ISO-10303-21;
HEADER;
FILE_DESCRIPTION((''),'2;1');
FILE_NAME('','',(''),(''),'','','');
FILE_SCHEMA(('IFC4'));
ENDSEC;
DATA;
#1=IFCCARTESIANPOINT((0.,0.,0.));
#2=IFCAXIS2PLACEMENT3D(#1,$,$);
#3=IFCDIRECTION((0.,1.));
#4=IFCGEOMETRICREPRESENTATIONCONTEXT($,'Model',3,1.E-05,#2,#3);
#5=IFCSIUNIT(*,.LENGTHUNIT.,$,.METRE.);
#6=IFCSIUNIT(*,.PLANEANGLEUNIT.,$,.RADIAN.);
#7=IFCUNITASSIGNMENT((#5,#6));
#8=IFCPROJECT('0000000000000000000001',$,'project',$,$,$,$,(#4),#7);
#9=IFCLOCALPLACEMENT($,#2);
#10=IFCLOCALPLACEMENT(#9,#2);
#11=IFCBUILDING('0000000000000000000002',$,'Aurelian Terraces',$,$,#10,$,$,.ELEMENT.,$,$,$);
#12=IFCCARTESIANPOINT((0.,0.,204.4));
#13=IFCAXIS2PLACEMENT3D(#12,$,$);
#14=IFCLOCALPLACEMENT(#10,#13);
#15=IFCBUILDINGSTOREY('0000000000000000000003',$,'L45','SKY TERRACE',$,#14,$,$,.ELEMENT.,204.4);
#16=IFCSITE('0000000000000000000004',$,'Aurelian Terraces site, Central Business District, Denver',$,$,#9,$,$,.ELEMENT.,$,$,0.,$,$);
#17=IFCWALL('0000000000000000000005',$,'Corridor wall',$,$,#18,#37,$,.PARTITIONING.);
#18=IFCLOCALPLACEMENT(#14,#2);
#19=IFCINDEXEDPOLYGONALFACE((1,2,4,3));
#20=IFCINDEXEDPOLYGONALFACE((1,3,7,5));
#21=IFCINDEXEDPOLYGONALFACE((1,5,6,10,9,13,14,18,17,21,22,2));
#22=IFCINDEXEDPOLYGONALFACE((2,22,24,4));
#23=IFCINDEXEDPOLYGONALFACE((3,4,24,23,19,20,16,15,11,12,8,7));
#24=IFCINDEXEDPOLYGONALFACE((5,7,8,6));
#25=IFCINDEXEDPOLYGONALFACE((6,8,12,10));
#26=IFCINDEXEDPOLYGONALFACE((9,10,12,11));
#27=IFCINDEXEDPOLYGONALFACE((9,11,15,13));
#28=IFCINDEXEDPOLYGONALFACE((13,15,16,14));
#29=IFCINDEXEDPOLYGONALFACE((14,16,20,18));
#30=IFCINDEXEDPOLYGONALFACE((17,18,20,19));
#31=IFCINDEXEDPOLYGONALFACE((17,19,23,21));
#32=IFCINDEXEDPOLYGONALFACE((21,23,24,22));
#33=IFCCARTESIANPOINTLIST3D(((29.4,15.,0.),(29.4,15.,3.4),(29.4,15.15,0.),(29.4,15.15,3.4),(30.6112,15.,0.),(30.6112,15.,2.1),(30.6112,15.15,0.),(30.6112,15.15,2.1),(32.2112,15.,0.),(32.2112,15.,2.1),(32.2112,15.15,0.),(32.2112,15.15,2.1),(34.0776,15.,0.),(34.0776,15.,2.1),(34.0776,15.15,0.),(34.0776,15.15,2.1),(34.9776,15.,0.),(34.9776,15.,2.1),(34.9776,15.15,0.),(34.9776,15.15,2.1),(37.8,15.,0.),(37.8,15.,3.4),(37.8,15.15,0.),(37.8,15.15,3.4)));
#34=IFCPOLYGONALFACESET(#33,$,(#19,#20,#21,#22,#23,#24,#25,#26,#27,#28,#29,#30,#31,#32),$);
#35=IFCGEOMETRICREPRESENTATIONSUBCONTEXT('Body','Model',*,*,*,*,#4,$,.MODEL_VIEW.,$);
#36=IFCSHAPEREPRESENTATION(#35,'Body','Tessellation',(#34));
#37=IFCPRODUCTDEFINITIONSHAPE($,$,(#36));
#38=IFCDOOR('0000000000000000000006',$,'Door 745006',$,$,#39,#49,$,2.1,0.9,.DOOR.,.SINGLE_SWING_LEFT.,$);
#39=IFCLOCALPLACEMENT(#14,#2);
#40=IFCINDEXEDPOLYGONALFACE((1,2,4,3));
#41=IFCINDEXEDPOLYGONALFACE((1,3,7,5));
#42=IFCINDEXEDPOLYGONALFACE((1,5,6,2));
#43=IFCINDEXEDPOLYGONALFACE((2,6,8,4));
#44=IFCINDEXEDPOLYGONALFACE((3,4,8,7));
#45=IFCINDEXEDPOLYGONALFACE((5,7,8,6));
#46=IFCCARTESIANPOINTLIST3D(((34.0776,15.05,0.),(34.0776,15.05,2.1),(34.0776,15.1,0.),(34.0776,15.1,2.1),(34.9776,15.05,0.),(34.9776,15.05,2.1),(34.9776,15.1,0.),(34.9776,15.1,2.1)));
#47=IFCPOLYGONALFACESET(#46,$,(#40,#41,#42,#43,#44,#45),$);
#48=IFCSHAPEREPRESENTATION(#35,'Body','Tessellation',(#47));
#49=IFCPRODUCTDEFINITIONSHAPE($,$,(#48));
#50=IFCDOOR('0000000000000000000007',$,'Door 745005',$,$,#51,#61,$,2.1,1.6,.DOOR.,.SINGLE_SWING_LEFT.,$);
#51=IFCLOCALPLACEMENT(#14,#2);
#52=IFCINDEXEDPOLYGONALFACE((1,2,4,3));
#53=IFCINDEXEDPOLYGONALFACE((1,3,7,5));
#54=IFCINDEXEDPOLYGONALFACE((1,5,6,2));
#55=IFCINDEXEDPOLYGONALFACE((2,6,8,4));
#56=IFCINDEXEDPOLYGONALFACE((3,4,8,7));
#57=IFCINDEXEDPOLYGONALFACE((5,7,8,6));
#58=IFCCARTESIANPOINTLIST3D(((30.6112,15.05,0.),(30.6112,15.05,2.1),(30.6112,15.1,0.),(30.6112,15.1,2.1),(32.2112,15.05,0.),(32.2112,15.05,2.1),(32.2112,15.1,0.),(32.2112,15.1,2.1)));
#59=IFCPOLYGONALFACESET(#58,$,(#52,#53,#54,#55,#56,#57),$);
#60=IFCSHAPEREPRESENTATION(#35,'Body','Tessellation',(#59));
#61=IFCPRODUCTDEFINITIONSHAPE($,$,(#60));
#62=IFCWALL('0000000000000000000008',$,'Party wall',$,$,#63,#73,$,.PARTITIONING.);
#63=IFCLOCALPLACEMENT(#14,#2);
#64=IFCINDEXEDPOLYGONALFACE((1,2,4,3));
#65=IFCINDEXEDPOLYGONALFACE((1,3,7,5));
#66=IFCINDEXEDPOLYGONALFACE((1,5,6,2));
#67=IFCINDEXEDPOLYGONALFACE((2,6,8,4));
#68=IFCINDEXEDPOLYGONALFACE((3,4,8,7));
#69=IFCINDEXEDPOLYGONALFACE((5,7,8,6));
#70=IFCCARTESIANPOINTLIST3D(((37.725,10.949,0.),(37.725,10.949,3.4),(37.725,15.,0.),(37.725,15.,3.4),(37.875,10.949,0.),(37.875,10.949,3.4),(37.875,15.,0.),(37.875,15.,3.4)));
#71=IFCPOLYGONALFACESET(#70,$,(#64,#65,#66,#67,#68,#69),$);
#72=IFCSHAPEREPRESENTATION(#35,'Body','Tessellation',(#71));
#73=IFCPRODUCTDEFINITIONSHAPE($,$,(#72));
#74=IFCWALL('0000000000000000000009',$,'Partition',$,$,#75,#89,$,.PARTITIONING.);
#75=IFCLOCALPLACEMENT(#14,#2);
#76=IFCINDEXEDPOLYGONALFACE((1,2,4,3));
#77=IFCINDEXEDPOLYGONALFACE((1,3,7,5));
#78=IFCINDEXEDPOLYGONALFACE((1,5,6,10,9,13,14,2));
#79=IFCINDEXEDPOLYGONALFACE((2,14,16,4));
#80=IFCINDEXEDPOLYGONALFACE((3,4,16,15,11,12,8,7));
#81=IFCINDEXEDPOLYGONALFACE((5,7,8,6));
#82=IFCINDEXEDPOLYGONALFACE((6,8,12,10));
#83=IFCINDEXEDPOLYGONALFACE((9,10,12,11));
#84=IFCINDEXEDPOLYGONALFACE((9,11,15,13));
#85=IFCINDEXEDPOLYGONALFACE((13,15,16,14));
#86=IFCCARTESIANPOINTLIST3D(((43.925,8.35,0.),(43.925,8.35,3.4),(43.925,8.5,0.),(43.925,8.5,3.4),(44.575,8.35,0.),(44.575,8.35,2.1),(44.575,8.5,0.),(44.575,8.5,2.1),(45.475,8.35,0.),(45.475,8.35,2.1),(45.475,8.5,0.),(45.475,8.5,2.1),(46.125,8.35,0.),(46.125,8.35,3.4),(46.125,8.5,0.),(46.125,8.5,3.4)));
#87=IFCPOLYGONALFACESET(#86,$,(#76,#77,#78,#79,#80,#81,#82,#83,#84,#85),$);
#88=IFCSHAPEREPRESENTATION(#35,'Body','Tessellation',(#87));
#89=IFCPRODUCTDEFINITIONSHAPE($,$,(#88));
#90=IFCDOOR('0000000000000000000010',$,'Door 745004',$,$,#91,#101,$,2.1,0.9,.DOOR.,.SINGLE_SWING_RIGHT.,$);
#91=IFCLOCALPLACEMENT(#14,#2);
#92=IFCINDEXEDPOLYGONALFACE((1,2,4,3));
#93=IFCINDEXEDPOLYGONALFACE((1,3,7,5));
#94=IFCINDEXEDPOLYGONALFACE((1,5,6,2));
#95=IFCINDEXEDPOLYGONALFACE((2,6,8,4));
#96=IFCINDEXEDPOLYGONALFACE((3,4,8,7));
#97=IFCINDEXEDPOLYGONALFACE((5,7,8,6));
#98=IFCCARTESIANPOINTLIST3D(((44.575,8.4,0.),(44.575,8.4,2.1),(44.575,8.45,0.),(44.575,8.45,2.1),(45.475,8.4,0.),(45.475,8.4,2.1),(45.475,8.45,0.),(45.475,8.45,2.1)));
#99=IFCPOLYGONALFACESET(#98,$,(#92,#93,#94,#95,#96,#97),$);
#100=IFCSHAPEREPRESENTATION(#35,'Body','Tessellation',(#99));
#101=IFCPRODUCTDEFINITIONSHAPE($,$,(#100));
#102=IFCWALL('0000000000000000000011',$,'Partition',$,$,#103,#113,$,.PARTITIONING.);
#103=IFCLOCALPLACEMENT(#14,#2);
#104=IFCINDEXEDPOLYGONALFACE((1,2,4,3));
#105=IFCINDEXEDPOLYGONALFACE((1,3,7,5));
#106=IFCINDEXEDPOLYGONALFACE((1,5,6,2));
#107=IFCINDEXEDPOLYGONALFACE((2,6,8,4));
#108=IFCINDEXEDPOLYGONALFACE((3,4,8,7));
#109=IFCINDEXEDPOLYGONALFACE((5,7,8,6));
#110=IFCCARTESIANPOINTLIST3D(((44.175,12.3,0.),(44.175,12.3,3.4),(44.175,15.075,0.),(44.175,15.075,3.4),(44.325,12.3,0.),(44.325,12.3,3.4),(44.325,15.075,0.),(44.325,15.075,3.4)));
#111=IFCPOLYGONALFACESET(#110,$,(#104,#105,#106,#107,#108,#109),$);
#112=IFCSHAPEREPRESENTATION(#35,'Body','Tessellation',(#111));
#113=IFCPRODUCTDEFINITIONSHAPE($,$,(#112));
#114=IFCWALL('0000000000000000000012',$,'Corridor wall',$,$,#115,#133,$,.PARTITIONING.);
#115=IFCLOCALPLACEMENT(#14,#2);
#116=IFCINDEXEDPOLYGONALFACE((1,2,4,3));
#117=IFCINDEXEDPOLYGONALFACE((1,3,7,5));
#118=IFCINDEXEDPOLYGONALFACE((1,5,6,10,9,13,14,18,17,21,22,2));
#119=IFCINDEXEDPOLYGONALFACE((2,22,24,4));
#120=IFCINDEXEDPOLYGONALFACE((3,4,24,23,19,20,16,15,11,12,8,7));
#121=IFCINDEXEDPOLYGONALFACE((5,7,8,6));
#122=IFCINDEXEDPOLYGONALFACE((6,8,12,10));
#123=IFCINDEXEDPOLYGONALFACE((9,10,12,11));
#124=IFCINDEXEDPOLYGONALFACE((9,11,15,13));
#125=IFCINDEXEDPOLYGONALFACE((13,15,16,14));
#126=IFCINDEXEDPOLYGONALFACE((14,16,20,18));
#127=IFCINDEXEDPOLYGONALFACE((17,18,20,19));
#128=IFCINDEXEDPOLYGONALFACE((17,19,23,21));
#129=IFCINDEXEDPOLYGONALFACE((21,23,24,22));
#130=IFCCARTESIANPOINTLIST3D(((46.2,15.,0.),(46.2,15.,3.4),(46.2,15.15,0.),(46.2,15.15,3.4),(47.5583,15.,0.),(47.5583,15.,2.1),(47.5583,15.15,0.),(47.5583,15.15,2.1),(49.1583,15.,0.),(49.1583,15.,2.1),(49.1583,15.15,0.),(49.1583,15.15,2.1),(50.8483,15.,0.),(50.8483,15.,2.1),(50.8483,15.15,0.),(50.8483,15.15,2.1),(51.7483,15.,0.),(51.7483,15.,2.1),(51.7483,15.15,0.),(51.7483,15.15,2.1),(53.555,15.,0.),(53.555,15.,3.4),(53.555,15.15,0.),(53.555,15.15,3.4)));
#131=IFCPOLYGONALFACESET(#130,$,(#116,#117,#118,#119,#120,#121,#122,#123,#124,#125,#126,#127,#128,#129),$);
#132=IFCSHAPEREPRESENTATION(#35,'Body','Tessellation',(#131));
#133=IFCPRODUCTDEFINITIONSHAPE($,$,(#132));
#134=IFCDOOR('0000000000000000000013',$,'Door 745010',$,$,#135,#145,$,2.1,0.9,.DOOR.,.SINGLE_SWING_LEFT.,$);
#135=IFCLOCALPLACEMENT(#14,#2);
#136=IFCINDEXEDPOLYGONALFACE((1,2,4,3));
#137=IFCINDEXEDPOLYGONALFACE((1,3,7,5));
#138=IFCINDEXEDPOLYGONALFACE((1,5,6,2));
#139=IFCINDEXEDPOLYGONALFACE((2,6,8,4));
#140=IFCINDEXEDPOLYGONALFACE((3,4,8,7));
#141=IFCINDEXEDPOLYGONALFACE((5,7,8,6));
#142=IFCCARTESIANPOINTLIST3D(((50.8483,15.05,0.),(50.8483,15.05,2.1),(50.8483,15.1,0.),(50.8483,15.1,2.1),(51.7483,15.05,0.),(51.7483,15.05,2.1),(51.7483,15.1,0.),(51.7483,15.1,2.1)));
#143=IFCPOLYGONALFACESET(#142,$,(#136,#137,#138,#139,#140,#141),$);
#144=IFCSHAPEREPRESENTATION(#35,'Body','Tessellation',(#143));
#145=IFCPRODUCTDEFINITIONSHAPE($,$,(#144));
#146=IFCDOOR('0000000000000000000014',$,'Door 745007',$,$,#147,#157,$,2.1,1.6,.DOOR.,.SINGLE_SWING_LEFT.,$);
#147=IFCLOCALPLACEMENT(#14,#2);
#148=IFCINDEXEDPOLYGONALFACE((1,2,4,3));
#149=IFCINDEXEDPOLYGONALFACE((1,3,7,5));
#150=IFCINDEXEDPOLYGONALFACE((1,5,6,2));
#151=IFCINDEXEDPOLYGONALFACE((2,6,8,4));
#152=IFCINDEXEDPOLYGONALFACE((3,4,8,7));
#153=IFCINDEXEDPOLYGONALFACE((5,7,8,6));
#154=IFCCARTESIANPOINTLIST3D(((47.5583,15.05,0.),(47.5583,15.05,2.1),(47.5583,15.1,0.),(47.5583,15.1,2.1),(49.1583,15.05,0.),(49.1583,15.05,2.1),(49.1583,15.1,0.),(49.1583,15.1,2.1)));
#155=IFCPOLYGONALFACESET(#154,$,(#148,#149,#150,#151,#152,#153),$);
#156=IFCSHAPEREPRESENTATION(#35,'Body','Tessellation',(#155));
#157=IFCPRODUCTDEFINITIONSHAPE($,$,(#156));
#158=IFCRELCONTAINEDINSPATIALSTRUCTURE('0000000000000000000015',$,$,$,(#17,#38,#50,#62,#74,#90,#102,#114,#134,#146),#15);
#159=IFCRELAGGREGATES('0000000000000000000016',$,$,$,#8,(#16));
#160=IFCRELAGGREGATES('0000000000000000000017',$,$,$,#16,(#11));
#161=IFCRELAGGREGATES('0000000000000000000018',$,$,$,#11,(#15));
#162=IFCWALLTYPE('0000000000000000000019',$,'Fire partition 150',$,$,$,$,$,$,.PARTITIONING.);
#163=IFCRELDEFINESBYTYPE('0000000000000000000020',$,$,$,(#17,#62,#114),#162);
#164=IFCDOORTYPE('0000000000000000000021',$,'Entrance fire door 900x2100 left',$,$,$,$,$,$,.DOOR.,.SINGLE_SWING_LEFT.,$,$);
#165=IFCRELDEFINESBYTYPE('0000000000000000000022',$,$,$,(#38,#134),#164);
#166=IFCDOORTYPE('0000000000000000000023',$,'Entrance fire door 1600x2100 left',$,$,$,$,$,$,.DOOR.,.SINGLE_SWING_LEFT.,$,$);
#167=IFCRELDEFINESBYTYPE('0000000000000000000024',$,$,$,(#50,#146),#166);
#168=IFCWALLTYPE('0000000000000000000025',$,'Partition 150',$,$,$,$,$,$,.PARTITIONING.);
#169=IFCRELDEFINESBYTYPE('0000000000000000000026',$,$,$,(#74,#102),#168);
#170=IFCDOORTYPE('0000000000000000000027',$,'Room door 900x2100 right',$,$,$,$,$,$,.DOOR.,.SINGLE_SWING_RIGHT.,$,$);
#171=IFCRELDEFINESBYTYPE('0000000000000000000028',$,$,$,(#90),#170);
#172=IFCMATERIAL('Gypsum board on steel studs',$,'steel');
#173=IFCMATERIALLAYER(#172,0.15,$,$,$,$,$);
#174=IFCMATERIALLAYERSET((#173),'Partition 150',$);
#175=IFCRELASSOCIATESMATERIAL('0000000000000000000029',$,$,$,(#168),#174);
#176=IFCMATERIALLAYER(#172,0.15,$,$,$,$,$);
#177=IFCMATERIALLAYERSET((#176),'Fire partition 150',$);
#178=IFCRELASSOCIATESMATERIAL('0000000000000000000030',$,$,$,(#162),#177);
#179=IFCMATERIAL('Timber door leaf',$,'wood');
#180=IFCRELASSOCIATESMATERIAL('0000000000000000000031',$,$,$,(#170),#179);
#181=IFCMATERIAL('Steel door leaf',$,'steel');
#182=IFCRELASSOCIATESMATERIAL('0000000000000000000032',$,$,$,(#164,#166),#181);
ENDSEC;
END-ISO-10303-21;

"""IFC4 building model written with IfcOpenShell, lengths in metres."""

from ifc_helpers import new_model, si_unit, direction, frame, frame_2d, origin, place, context, subcontext, project, spatial, rectangle, extrude, source, transform, mapped, material, layer, layer_set, type_object, element, fill, save


model = new_model("IFC4")

# Units and contexts
model_context = context("Model", 3, precision=1e-05, world=origin(), true_north=direction((0.0, 1.0)))
body_context = subcontext(model_context, "Body", "Model", "MODEL_VIEW")
ifc_project = project(units=[si_unit("LENGTHUNIT", "METRE"), si_unit("PLANEANGLEUNIT", "RADIAN")], contexts=[model_context])

# Site, building, storey
site_placement = place(None, origin())
site = spatial("IfcSite", under=ifc_project, at=site_placement, Name="Aurelian Terraces site, Central Business District, Denver", CompositionType="ELEMENT", RefElevation=0.0)
building_placement = place(site_placement, origin())
building = spatial("IfcBuilding", under=site, at=building_placement, Name="Aurelian Terraces", CompositionType="ELEMENT")
storey_placement = place(building_placement, frame((0.0, 0.0, 204.4)))
storey = spatial("IfcBuildingStorey", under=building, at=storey_placement, Name="L45", Description="SKY TERRACE", CompositionType="ELEMENT", Elevation=204.4)

# Shared definitions
ifc_material_1 = material(Name="Gypsum board on steel studs", Category="steel")
ifc_layer_1 = layer(ifc_material_1, 0.15)
ifc_layer_set_1 = layer_set([ifc_layer_1], Name="Partition 150")
wall_type_1 = type_object("IfcWallType", Name="Partition 150", PredefinedType="PARTITIONING", material=ifc_layer_set_1)
shared_shape_1 = source(origin(), body_context, "Body", "SweptSolid", [
    extrude(rectangle(XDim=1.6, YDim=2.1, at=frame_2d((0.8, 1.05))), frame((0.0, 0.085, 0.0), z_axis=(0.0, -1.0, 0.0), x_axis=(1.0, 0.0, 0.0)), (0.0, 0.0, 1.0), 0.17),
])
shared_shape_2 = source(origin(), body_context, "Body", "SweptSolid", [
    extrude(rectangle(XDim=0.9, YDim=2.1, at=frame_2d((0.45, 1.05))), frame((0.0, 0.085, 0.0), z_axis=(0.0, -1.0, 0.0), x_axis=(1.0, 0.0, 0.0)), (0.0, 0.0, 1.0), 0.17),
])
ifc_material_2 = material(Name="Timber door leaf", Category="wood")
shared_shape_3 = source(origin(), body_context, "Body", "SweptSolid", [
    extrude(rectangle(XDim=0.9, YDim=2.1, at=frame_2d((0.45, 1.05))), frame((0.0, 0.025, 0.0), z_axis=(0.0, -1.0, 0.0), x_axis=(1.0, 0.0, 0.0)), (0.0, 0.0, 1.0), 0.05),
])
shared_shape_4 = source(origin(), body_context, "Body", "SweptSolid", [
    extrude(rectangle(XDim=1.6, YDim=2.1, at=frame_2d((0.8, 1.05))), frame((0.0, 0.025, 0.0), z_axis=(0.0, -1.0, 0.0), x_axis=(1.0, 0.0, 0.0)), (0.0, 0.0, 1.0), 0.05),
])

# Shared definitions
ifc_layer_2 = layer(ifc_material_1, 0.15)
ifc_layer_set_2 = layer_set([ifc_layer_2], Name="Fire partition 150")
wall_type_2 = type_object("IfcWallType", Name="Fire partition 150", PredefinedType="PARTITIONING", material=ifc_layer_set_2)
door_type_1 = type_object("IfcDoorType", Name="Room door 900x2100 right", OperationType="SINGLE_SWING_RIGHT", PredefinedType="DOOR", material=ifc_material_2)

# Wall, openings, doors
shared_shape_5 = source(origin(), body_context, "Body", "SweptSolid", [
    extrude(rectangle(XDim=8.4, YDim=0.15, at=frame_2d((4.2, 0.0))), origin(), (0.0, 0.0, 1.0), 3.4),
])
wall_1_placement = place(storey_placement, frame((37.8, 15.075, 0.0), z_axis=(0.0, 0.0, 1.0), x_axis=(-1.0, 0.0, 0.0)))
wall_1 = element("IfcWall", 1, at=wall_1_placement, inside=storey, type_object=wall_type_2, Name="Corridor wall", PredefinedType="PARTITIONING", context=body_context, shape_type="MappedRepresentation", body=[
    mapped(shared_shape_5, transform((0.0, 0.0, 0.0), scale=1.0)),
])
opening_1_placement = place(wall_1_placement, frame((5.5888, 0.0, 0.0)))
opening_1 = element("IfcOpeningElement", 2, at=opening_1_placement, cuts=wall_1, PredefinedType="OPENING", context=body_context, shape_type="MappedRepresentation", body=[
    mapped(shared_shape_1, transform((0.0, 0.0, 0.0), scale=1.0)),
])
opening_2_placement = place(wall_1_placement, frame((2.8224, 0.0, 0.0)))
opening_2 = element("IfcOpeningElement", 3, at=opening_2_placement, cuts=wall_1, PredefinedType="OPENING", context=body_context, shape_type="MappedRepresentation", body=[
    mapped(shared_shape_2, transform((0.0, 0.0, 0.0), scale=1.0)),
])
ifc_material_3 = material(Name="Steel door leaf", Category="steel")
door_type_2 = type_object("IfcDoorType", Name="Entrance fire door 900x2100 left", OperationType="SINGLE_SWING_LEFT", PredefinedType="DOOR", material=ifc_material_3)
door_1_placement = place(opening_2_placement, origin())
door_1 = element("IfcDoor", 4, at=door_1_placement, inside=storey, type_object=door_type_2, Name="Door 745006", OperationType="SINGLE_SWING_LEFT", OverallHeight=2.1, OverallWidth=0.9, PredefinedType="DOOR", context=body_context, shape_type="MappedRepresentation", body=[
    mapped(shared_shape_3, transform((0.0, 0.0, 0.0), scale=1.0)),
])
fill(opening_2, door_1)
door_type_3 = type_object("IfcDoorType", Name="Entrance fire door 1600x2100 left", OperationType="SINGLE_SWING_LEFT", PredefinedType="DOOR", material=ifc_material_3)
door_2_placement = place(opening_1_placement, origin())
door_2 = element("IfcDoor", 5, at=door_2_placement, inside=storey, type_object=door_type_3, Name="Door 745005", OperationType="SINGLE_SWING_LEFT", OverallHeight=2.1, OverallWidth=1.6, PredefinedType="DOOR", context=body_context, shape_type="MappedRepresentation", body=[
    mapped(shared_shape_4, transform((0.0, 0.0, 0.0), scale=1.0)),
])
fill(opening_1, door_2)

# Wall
shared_shape_6 = source(origin(), body_context, "Body", "SweptSolid", [
    extrude(rectangle(XDim=4.051, YDim=0.15, at=frame_2d((2.0255, 0.0))), origin(), (0.0, 0.0, 1.0), 3.4),
])
wall_2_placement = place(storey_placement, frame((37.8, 10.949, 0.0), z_axis=(0.0, 0.0, 1.0), x_axis=(0.0, 1.0, 0.0)))
element("IfcWall", 6, at=wall_2_placement, inside=storey, type_object=wall_type_2, Name="Party wall", PredefinedType="PARTITIONING", context=body_context, shape_type="MappedRepresentation", body=[
    mapped(shared_shape_6, transform((0.0, 0.0, 0.0), scale=1.0)),
])

# Wall, opening, door
shared_shape_7 = source(origin(), body_context, "Body", "SweptSolid", [
    extrude(rectangle(XDim=2.2, YDim=0.15, at=frame_2d((1.1, 0.0))), origin(), (0.0, 0.0, 1.0), 3.4),
])
wall_3_placement = place(storey_placement, frame((46.125, 8.425, 0.0), z_axis=(0.0, 0.0, 1.0), x_axis=(-1.0, 0.0, 0.0)))
wall_3 = element("IfcWall", 7, at=wall_3_placement, inside=storey, type_object=wall_type_1, Name="Partition", PredefinedType="PARTITIONING", context=body_context, shape_type="MappedRepresentation", body=[
    mapped(shared_shape_7, transform((0.0, 0.0, 0.0), scale=1.0)),
])
opening_3_placement = place(wall_3_placement, frame((0.65, 0.0, 0.0)))
opening_3 = element("IfcOpeningElement", 8, at=opening_3_placement, cuts=wall_3, PredefinedType="OPENING", context=body_context, shape_type="MappedRepresentation", body=[
    mapped(shared_shape_2, transform((0.0, 0.0, 0.0), scale=1.0)),
])
door_3_placement = place(opening_3_placement, origin())
door_3 = element("IfcDoor", 9, at=door_3_placement, inside=storey, type_object=door_type_1, Name="Door 745004", OperationType="SINGLE_SWING_RIGHT", OverallHeight=2.1, OverallWidth=0.9, PredefinedType="DOOR", context=body_context, shape_type="MappedRepresentation", body=[
    mapped(shared_shape_3, transform((0.0, 0.0, 0.0), scale=1.0)),
])
fill(opening_3, door_3)

# Wall
shared_shape_8 = source(origin(), body_context, "Body", "SweptSolid", [
    extrude(rectangle(XDim=2.775, YDim=0.15, at=frame_2d((1.3875, 0.0))), origin(), (0.0, 0.0, 1.0), 3.4),
])
wall_4_placement = place(storey_placement, frame((44.25, 12.3, 0.0), z_axis=(0.0, 0.0, 1.0), x_axis=(0.0, 1.0, 0.0)))
element("IfcWall", 10, at=wall_4_placement, inside=storey, type_object=wall_type_1, Name="Partition", PredefinedType="PARTITIONING", context=body_context, shape_type="MappedRepresentation", body=[
    mapped(shared_shape_8, transform((0.0, 0.0, 0.0), scale=1.0)),
])

# Wall, openings, doors
shared_shape_9 = source(origin(), body_context, "Body", "SweptSolid", [
    extrude(rectangle(XDim=7.355, YDim=0.15, at=frame_2d((3.6775, 0.0))), origin(), (0.0, 0.0, 1.0), 3.4),
])
wall_5_placement = place(storey_placement, frame((53.555, 15.075, 0.0), z_axis=(0.0, 0.0, 1.0), x_axis=(-1.0, 0.0, 0.0)))
wall_5 = element("IfcWall", 11, at=wall_5_placement, inside=storey, type_object=wall_type_2, Name="Corridor wall", PredefinedType="PARTITIONING", context=body_context, shape_type="MappedRepresentation", body=[
    mapped(shared_shape_9, transform((0.0, 0.0, 0.0), scale=1.0)),
])
opening_4_placement = place(wall_5_placement, frame((4.3967, 0.0, 0.0)))
opening_4 = element("IfcOpeningElement", 12, at=opening_4_placement, cuts=wall_5, PredefinedType="OPENING", context=body_context, shape_type="MappedRepresentation", body=[
    mapped(shared_shape_1, transform((0.0, 0.0, 0.0), scale=1.0)),
])
opening_5_placement = place(wall_5_placement, frame((1.8067, 0.0, 0.0)))
opening_5 = element("IfcOpeningElement", 13, at=opening_5_placement, cuts=wall_5, PredefinedType="OPENING", context=body_context, shape_type="MappedRepresentation", body=[
    mapped(shared_shape_2, transform((0.0, 0.0, 0.0), scale=1.0)),
])
door_4_placement = place(opening_5_placement, origin())
door_4 = element("IfcDoor", 14, at=door_4_placement, inside=storey, type_object=door_type_2, Name="Door 745010", OperationType="SINGLE_SWING_LEFT", OverallHeight=2.1, OverallWidth=0.9, PredefinedType="DOOR", context=body_context, shape_type="MappedRepresentation", body=[
    mapped(shared_shape_3, transform((0.0, 0.0, 0.0), scale=1.0)),
])
fill(opening_5, door_4)
door_5_placement = place(opening_4_placement, origin())
door_5 = element("IfcDoor", 15, at=door_5_placement, inside=storey, type_object=door_type_3, Name="Door 745007", OperationType="SINGLE_SWING_LEFT", OverallHeight=2.1, OverallWidth=1.6, PredefinedType="DOOR", context=body_context, shape_type="MappedRepresentation", body=[
    mapped(shared_shape_4, transform((0.0, 0.0, 0.0), scale=1.0)),
])
fill(opening_4, door_5)

save(model, "model.ifc")
